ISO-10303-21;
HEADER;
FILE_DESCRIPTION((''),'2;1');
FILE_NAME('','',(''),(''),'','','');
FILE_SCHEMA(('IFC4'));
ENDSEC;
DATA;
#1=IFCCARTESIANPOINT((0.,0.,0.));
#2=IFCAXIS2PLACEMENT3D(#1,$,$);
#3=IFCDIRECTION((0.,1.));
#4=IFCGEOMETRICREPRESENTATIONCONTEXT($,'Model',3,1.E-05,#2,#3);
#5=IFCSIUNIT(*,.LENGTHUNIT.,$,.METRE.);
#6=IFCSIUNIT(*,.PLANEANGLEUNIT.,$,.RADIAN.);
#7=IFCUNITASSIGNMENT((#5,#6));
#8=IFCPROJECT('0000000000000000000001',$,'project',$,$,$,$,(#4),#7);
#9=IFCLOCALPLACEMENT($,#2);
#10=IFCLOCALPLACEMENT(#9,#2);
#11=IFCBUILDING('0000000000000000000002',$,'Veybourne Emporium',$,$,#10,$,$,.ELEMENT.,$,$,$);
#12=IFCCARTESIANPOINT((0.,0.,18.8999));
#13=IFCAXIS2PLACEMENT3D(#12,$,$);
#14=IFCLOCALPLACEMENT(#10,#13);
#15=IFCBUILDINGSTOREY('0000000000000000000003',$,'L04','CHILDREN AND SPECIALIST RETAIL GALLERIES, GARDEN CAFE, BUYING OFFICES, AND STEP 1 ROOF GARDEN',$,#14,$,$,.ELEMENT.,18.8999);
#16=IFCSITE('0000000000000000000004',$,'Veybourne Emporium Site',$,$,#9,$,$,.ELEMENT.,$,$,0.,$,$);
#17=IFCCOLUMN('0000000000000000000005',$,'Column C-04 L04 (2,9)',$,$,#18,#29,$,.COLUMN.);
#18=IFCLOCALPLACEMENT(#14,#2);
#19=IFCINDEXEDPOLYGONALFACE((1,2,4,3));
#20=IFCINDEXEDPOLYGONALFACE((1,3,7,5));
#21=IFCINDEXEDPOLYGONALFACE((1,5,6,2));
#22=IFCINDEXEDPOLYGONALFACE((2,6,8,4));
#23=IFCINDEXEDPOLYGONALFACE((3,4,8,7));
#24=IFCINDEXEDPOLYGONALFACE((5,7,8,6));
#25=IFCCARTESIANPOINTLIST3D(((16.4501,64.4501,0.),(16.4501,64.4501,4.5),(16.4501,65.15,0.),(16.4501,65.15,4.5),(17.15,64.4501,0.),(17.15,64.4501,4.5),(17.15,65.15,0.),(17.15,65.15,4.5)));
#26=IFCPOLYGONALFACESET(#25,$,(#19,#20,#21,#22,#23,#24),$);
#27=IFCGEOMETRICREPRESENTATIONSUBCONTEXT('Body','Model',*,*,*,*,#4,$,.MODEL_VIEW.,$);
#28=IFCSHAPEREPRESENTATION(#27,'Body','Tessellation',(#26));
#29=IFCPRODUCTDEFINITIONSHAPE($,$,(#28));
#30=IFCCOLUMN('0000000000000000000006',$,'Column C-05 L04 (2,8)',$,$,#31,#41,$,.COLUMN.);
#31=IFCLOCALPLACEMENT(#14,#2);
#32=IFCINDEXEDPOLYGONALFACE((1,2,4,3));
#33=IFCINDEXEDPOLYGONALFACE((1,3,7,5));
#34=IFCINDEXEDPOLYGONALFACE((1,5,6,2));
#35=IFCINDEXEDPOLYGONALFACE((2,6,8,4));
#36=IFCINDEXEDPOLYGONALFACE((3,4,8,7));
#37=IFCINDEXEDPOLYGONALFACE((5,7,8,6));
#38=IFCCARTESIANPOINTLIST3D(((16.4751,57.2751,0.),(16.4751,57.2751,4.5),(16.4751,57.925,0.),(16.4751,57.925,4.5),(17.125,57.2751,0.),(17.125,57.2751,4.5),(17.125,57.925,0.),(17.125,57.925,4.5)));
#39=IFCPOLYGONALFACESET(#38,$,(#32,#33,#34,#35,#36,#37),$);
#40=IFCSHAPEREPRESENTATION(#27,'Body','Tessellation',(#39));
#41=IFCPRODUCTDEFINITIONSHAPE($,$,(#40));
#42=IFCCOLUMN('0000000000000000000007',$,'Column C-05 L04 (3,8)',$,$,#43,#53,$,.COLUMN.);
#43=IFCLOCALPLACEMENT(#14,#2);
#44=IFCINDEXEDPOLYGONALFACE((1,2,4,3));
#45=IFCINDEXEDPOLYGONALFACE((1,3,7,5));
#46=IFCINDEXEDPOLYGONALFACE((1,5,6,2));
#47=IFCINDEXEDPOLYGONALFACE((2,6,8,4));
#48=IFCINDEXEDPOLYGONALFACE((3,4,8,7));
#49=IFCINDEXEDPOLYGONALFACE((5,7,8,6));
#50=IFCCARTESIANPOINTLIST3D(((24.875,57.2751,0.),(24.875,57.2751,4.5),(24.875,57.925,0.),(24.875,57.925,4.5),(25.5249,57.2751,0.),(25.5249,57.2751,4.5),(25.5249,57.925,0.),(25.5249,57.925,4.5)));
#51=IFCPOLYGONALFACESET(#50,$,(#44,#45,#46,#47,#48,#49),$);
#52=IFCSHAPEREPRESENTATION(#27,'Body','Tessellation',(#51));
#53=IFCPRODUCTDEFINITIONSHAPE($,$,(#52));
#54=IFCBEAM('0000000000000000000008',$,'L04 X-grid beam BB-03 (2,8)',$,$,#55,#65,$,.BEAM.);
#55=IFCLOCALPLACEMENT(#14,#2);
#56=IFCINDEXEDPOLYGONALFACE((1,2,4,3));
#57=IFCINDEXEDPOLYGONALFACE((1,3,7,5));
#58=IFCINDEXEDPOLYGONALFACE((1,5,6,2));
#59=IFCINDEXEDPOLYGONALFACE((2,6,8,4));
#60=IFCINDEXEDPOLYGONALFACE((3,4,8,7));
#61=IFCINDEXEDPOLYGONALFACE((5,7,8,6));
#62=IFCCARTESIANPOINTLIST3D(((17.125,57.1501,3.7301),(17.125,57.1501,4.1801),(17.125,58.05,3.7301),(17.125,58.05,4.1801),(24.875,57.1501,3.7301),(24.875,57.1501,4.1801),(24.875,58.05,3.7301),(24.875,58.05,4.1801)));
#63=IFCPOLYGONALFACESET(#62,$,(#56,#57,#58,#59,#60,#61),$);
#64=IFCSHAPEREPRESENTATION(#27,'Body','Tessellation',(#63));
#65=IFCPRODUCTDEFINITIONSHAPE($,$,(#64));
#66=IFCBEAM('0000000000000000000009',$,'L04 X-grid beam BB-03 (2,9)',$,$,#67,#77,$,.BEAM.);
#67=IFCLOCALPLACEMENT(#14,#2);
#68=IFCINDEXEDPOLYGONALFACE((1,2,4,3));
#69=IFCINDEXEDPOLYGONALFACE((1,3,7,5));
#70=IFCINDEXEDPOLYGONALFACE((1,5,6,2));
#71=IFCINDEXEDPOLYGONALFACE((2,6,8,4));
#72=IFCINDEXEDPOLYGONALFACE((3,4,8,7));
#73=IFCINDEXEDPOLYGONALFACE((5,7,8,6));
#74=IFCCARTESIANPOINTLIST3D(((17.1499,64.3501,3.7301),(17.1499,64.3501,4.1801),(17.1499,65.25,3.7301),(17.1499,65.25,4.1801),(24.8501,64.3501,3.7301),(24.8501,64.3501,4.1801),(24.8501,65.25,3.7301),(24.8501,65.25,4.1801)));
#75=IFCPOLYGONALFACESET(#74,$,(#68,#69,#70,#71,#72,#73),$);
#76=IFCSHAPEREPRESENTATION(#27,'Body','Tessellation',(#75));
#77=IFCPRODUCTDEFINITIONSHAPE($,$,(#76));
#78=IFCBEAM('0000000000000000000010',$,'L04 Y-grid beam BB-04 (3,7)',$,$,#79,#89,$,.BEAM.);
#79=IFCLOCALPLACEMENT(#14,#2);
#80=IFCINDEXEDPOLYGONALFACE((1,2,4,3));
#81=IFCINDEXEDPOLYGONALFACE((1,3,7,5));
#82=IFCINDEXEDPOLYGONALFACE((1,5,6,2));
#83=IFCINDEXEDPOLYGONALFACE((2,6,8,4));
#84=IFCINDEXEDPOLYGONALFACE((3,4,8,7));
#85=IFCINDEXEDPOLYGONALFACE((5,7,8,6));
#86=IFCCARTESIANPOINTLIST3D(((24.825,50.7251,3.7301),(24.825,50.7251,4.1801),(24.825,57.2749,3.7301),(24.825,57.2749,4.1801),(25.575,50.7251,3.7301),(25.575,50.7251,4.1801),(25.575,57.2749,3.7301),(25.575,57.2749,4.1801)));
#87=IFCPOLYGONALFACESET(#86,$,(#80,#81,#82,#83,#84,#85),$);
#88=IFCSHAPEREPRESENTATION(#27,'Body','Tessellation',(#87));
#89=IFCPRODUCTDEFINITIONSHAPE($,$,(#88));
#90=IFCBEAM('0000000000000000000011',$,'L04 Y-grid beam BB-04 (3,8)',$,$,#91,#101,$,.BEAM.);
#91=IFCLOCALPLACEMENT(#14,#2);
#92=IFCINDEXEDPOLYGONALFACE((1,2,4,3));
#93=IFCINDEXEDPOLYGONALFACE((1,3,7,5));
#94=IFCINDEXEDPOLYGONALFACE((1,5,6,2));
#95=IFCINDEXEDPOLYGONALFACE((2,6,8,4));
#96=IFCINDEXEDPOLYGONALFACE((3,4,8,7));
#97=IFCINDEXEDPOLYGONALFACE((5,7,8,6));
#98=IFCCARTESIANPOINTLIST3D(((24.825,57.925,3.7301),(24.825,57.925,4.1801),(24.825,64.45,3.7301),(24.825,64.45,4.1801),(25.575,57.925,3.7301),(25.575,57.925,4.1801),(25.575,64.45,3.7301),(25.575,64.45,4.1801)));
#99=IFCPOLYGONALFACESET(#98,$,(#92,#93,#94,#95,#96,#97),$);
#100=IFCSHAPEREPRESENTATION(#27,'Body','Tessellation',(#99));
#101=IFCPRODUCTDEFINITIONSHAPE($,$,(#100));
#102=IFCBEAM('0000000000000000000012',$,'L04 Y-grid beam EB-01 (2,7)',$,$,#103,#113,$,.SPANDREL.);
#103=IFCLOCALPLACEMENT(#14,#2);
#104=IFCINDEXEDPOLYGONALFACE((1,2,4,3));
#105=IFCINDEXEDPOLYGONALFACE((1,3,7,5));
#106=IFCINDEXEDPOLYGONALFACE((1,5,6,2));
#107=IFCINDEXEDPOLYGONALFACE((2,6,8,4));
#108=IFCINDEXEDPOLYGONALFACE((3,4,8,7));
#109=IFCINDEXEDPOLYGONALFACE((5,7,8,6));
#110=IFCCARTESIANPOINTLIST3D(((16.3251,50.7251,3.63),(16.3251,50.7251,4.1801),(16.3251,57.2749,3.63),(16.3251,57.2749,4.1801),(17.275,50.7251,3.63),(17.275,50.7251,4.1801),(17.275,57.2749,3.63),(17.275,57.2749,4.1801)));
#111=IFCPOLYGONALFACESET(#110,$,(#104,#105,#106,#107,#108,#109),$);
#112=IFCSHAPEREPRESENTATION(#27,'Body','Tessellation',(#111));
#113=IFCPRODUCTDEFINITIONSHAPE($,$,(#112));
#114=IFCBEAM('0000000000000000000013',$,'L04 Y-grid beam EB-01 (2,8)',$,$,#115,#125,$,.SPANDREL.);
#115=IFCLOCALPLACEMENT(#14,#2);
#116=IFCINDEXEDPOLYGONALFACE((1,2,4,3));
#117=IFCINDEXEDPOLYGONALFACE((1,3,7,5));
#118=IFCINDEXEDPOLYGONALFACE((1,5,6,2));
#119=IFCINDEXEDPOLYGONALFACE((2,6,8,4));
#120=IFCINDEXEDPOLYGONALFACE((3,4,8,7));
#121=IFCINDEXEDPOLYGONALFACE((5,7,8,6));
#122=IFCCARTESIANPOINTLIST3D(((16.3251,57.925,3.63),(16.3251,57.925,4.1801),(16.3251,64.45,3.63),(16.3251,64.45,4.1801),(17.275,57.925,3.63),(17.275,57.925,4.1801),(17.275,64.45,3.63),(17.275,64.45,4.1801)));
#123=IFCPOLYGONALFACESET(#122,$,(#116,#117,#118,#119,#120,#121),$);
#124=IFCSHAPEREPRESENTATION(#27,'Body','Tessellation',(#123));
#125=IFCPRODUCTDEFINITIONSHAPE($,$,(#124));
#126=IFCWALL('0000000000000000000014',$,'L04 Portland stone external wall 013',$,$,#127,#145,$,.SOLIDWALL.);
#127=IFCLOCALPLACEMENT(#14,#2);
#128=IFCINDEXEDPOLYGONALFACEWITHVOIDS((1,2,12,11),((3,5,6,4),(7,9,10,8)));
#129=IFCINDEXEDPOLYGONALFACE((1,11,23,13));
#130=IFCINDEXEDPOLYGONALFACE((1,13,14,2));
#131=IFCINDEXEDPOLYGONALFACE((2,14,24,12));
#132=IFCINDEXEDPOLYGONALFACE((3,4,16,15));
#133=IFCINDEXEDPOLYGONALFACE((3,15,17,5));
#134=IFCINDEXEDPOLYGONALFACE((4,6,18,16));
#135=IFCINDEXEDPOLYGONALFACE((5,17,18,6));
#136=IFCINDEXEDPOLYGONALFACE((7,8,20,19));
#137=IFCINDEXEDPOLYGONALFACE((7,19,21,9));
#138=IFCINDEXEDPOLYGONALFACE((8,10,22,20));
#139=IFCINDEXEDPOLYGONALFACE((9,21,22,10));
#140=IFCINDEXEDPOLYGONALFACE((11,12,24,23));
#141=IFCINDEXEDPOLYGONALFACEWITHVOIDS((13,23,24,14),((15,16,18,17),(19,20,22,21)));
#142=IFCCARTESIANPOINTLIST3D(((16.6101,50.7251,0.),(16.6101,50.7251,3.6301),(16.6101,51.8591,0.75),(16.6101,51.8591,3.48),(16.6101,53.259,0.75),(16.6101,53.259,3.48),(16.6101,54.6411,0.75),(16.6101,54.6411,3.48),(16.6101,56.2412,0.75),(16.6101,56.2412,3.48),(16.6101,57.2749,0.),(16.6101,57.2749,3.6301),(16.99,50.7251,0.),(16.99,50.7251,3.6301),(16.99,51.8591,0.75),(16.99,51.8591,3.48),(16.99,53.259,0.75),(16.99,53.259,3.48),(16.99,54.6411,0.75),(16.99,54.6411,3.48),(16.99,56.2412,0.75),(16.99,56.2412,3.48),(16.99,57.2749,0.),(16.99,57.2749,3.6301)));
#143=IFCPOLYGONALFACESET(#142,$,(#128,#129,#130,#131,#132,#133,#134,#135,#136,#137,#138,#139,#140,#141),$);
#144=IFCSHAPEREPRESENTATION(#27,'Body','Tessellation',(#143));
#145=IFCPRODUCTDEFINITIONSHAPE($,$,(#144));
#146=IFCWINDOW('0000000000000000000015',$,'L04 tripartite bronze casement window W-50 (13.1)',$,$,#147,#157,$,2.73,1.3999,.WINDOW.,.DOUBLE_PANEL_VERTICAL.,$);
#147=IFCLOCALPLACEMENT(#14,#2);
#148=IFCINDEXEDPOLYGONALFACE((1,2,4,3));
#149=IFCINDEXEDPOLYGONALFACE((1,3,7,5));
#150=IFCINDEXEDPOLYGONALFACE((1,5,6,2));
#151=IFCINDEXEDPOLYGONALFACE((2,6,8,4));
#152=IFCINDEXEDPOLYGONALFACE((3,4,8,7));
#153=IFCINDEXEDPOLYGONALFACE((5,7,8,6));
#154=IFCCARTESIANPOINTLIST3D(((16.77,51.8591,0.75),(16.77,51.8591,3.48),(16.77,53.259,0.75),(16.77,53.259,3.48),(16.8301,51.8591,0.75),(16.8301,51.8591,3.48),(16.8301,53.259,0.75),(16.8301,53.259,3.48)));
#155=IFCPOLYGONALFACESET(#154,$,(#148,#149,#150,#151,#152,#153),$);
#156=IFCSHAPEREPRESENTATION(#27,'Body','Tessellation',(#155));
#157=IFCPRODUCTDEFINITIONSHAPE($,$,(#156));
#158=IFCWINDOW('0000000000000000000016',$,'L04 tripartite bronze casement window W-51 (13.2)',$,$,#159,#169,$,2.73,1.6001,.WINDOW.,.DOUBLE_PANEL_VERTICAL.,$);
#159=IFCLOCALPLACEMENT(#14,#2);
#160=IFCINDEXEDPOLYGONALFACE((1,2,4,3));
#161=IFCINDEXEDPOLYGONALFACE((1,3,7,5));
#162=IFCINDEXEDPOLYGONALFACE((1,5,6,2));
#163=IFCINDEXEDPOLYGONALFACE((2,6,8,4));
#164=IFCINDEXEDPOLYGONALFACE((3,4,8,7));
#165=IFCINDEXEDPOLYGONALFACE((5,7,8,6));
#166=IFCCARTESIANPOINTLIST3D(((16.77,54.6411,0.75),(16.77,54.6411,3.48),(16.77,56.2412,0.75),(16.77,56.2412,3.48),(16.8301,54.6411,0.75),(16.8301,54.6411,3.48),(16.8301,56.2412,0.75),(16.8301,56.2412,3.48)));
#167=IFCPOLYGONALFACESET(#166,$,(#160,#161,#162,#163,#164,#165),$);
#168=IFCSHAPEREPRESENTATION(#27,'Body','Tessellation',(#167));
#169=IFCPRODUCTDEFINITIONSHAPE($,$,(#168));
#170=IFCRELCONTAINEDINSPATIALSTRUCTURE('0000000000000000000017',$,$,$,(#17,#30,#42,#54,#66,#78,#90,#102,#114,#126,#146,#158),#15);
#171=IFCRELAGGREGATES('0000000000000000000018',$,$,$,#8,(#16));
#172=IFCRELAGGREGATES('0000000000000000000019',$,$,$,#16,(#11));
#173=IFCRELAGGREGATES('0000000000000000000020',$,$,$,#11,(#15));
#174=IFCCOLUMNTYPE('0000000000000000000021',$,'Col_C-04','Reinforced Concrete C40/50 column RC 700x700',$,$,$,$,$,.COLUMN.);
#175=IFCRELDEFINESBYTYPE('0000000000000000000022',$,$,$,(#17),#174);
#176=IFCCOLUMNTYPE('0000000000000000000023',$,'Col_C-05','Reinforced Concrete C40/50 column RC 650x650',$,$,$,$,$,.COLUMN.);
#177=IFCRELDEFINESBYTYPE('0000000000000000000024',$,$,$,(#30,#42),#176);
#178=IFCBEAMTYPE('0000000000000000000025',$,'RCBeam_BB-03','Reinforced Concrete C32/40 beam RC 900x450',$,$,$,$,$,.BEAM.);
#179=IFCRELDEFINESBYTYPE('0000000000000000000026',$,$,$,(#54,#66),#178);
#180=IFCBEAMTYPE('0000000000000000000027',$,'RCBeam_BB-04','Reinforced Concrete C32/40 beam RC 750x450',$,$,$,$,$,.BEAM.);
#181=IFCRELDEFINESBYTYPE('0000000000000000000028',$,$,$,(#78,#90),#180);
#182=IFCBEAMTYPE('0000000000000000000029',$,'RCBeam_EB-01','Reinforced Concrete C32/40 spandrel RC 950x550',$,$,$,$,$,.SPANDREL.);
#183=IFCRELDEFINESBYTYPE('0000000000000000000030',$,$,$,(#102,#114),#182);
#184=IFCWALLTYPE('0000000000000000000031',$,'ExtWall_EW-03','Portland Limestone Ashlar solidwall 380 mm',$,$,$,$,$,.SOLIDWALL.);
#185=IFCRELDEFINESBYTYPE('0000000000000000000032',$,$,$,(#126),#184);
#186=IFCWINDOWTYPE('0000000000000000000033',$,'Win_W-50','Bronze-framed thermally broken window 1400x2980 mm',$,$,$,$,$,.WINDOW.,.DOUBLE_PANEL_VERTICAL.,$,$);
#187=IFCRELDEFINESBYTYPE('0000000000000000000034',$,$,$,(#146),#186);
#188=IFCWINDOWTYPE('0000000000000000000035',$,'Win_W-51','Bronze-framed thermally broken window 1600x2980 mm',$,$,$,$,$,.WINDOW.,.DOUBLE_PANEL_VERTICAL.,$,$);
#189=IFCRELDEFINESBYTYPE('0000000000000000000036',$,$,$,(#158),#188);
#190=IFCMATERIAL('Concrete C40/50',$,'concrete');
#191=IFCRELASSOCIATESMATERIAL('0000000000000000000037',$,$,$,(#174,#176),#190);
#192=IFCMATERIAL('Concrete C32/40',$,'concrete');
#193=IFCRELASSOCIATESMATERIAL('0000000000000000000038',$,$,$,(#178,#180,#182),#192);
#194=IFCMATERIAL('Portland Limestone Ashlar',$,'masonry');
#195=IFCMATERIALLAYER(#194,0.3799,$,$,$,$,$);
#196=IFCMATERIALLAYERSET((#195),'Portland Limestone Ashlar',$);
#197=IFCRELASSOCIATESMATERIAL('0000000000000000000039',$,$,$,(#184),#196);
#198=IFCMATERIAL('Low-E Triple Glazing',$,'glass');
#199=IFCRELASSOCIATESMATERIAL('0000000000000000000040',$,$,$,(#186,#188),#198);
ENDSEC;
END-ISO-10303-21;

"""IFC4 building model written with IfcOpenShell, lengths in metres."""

from ifc_helpers import new_model, si_unit, direction, frame, frame_2d, origin, origin_2d, place, context, subcontext, project, spatial, rectangle, extrude, material, layer, layer_set, material_profile, profile_set, type_object, element, fill, save


model = new_model("IFC4")

# Units and contexts
model_context = context("Model", 3, precision=1e-05, world=origin(), true_north=direction((0.0, 1.0)))
body_context = subcontext(model_context, "Body", "Model", "MODEL_VIEW")
ifc_project = project(units=[si_unit("LENGTHUNIT", "METRE"), si_unit("PLANEANGLEUNIT", "RADIAN")], contexts=[model_context])

# Site, building, storey
site_placement = place(None, origin())
site = spatial("IfcSite", under=ifc_project, at=site_placement, Name="Veybourne Emporium Site", CompositionType="ELEMENT", RefElevation=0.0)
building_placement = place(site_placement, origin())
building = spatial("IfcBuilding", under=site, at=building_placement, Name="Veybourne Emporium", CompositionType="ELEMENT")
storey_placement = place(building_placement, frame((0.0, 0.0, 18.8999)))
storey = spatial("IfcBuildingStorey", under=building, at=storey_placement, Name="L04", Description="CHILDREN AND SPECIALIST RETAIL GALLERIES, GARDEN CAFE, BUYING OFFICES, AND STEP 1 ROOF GARDEN", CompositionType="ELEMENT", Elevation=18.8999)

# Columns
ifc_material_1 = material(Name="Concrete C40/50", Category="concrete")
ifc_material_profile_1 = material_profile(ifc_material_1, rectangle(XDim=0.7, YDim=0.7, at=origin_2d()), Name="RC 700x700")
ifc_profile_set_1 = profile_set([ifc_material_profile_1], Name="Concrete C40/50")
column_type_1 = type_object("IfcColumnType", Name="Col_C-04", Description="Reinforced Concrete C40/50 column RC 700x700", PredefinedType="COLUMN", material=ifc_profile_set_1)
column_placement = place(storey_placement, frame((16.8, 64.8, 0.0), z_axis=(0.0, 0.0, 1.0), x_axis=(1.0, 0.0, 0.0)))
element("IfcColumn", 1, at=column_placement, inside=storey, type_object=column_type_1, Name="Column C-04 L04 (2,9)", PredefinedType="COLUMN", context=body_context, shape_type="SweptSolid", body=[
    extrude(rectangle(XDim=0.7, YDim=0.7, at=origin_2d()), origin(), (0.0, 0.0, 1.0), 4.5),
])
ifc_material_profile_2 = material_profile(ifc_material_1, rectangle(XDim=0.6499, YDim=0.6499, at=origin_2d()), Name="RC 650x650")
ifc_profile_set_2 = profile_set([ifc_material_profile_2], Name="Concrete C40/50")
column_type_2 = type_object("IfcColumnType", Name="Col_C-05", Description="Reinforced Concrete C40/50 column RC 650x650", PredefinedType="COLUMN", material=ifc_profile_set_2)
for number, where, z_axis, x_axis, name in (
    (2, (16.8, 57.6001, 0.0), (0.0, 0.0, 1.0), (1.0, 0.0, 0.0), "Column C-05 L04 (2,8)"),
    (3, (25.2, 57.6001, 0.0), (0.0, 0.0, 1.0), (1.0, 0.0, 0.0), "Column C-05 L04 (3,8)"),
):
    element("IfcColumn", number, at=place(storey_placement, frame(where, z_axis=z_axis, x_axis=x_axis)), inside=storey, type_object=column_type_2, Name=name, PredefinedType="COLUMN", context=body_context, shape_type="SweptSolid", body=[
        extrude(rectangle(XDim=0.6499, YDim=0.6499, at=origin_2d()), origin(), (0.0, 0.0, 1.0), 4.5),
    ])

# Beams
ifc_material_2 = material(Name="Concrete C32/40", Category="concrete")
ifc_material_profile_3 = material_profile(ifc_material_2, rectangle(XDim=0.8999, YDim=0.45, at=origin_2d()), Name="RC 900x450")
ifc_profile_set_3 = profile_set([ifc_material_profile_3], Name="Concrete C32/40")
beam_type_1 = type_object("IfcBeamType", Name="RCBeam_BB-03", Description="Reinforced Concrete C32/40 beam RC 900x450", PredefinedType="BEAM", material=ifc_profile_set_3)
beam_1_placement = place(storey_placement, frame((17.125, 57.6001, 3.9551), z_axis=(1.0, 0.0, 0.0), x_axis=(0.0, 1.0, 0.0)))
element("IfcBeam", 4, at=beam_1_placement, inside=storey, type_object=beam_type_1, Name="L04 X-grid beam BB-03 (2,8)", PredefinedType="BEAM", context=body_context, shape_type="SweptSolid", body=[
    extrude(rectangle(XDim=0.8999, YDim=0.45, at=origin_2d()), origin(), (0.0, 0.0, 1.0), 7.75),
])
beam_2_placement = place(storey_placement, frame((17.1499, 64.8, 3.9551), z_axis=(1.0, 0.0, 0.0), x_axis=(0.0, 1.0, 0.0)))
element("IfcBeam", 5, at=beam_2_placement, inside=storey, type_object=beam_type_1, Name="L04 X-grid beam BB-03 (2,9)", PredefinedType="BEAM", context=body_context, shape_type="SweptSolid", body=[
    extrude(rectangle(XDim=0.8999, YDim=0.45, at=origin_2d()), origin(), (0.0, 0.0, 1.0), 7.7002),
])
ifc_material_profile_4 = material_profile(ifc_material_2, rectangle(XDim=0.75, YDim=0.45, at=origin_2d()), Name="RC 750x450")
ifc_profile_set_4 = profile_set([ifc_material_profile_4], Name="Concrete C32/40")
beam_type_2 = type_object("IfcBeamType", Name="RCBeam_BB-04", Description="Reinforced Concrete C32/40 beam RC 750x450", PredefinedType="BEAM", material=ifc_profile_set_4)
beam_3_placement = place(storey_placement, frame((25.2, 50.7251, 3.9551), z_axis=(0.0, 1.0, 0.0), x_axis=(-1.0, 0.0, 0.0)))
element("IfcBeam", 6, at=beam_3_placement, inside=storey, type_object=beam_type_2, Name="L04 Y-grid beam BB-04 (3,7)", PredefinedType="BEAM", context=body_context, shape_type="SweptSolid", body=[
    extrude(rectangle(XDim=0.75, YDim=0.45, at=origin_2d()), origin(), (0.0, 0.0, 1.0), 6.5498),
])
beam_4_placement = place(storey_placement, frame((25.2, 57.925, 3.9551), z_axis=(0.0, 1.0, 0.0), x_axis=(-1.0, 0.0, 0.0)))
element("IfcBeam", 7, at=beam_4_placement, inside=storey, type_object=beam_type_2, Name="L04 Y-grid beam BB-04 (3,8)", PredefinedType="BEAM", context=body_context, shape_type="SweptSolid", body=[
    extrude(rectangle(XDim=0.75, YDim=0.45, at=origin_2d()), origin(), (0.0, 0.0, 1.0), 6.5249),
])
ifc_material_profile_5 = material_profile(ifc_material_2, rectangle(XDim=0.95, YDim=0.55, at=origin_2d()), Name="RC 950x550")
ifc_profile_set_5 = profile_set([ifc_material_profile_5], Name="Concrete C32/40")
beam_type_3 = type_object("IfcBeamType", Name="RCBeam_EB-01", Description="Reinforced Concrete C32/40 spandrel RC 950x550", PredefinedType="SPANDREL", material=ifc_profile_set_5)
beam_5_placement = place(storey_placement, frame((16.8, 50.7251, 3.905), z_axis=(0.0, 1.0, 0.0), x_axis=(-1.0, 0.0, 0.0)))
element("IfcBeam", 8, at=beam_5_placement, inside=storey, type_object=beam_type_3, Name="L04 Y-grid beam EB-01 (2,7)", PredefinedType="SPANDREL", context=body_context, shape_type="SweptSolid", body=[
    extrude(rectangle(XDim=0.95, YDim=0.55, at=origin_2d()), origin(), (0.0, 0.0, 1.0), 6.5498),
])
beam_6_placement = place(storey_placement, frame((16.8, 57.925, 3.905), z_axis=(0.0, 1.0, 0.0), x_axis=(-1.0, 0.0, 0.0)))
element("IfcBeam", 9, at=beam_6_placement, inside=storey, type_object=beam_type_3, Name="L04 Y-grid beam EB-01 (2,8)", PredefinedType="SPANDREL", context=body_context, shape_type="SweptSolid", body=[
    extrude(rectangle(XDim=0.95, YDim=0.55, at=origin_2d()), origin(), (0.0, 0.0, 1.0), 6.5249),
])

# Wall, openings, windows
ifc_material_3 = material(Name="Portland Limestone Ashlar", Category="masonry")
ifc_layer_1 = layer(ifc_material_3, 0.3799)
ifc_layer_set_1 = layer_set([ifc_layer_1], Name="Portland Limestone Ashlar")
wall_type_1 = type_object("IfcWallType", Name="ExtWall_EW-03", Description="Portland Limestone Ashlar solidwall 380 mm", PredefinedType="SOLIDWALL", material=ifc_layer_set_1)
wall_1_placement = place(storey_placement, frame((16.8, 50.7251, 0.0), z_axis=(0.0, 0.0, 1.0), x_axis=(0.0, 1.0, 0.0)))
wall_1 = element("IfcWall", 10, at=wall_1_placement, inside=storey, type_object=wall_type_1, Name="L04 Portland stone external wall 013", PredefinedType="SOLIDWALL", context=body_context, shape_type="SweptSolid", body=[
    extrude(rectangle(XDim=6.5498, YDim=0.3799, at=frame_2d((3.2749, 0.0))), origin(), (0.0, 0.0, 1.0), 3.6301),
])
opening_1_placement = place(wall_1_placement, frame((1.134, 0.0, 0.75)))
opening_1 = element("IfcOpeningElement", 11, at=opening_1_placement, cuts=wall_1, PredefinedType="OPENING", context=body_context, shape_type="SweptSolid", body=[
    extrude(rectangle(XDim=1.3999, YDim=2.73, at=frame_2d((0.7, 1.365))), frame((0.0, 0.21, 0.0), z_axis=(0.0, -1.0, 0.0), x_axis=(1.0, 0.0, 0.0)), (0.0, 0.0, 1.0), 0.4199),
])
opening_2_placement = place(wall_1_placement, frame((3.916, 0.0, 0.75)))
opening_2 = element("IfcOpeningElement", 12, at=opening_2_placement, cuts=wall_1, PredefinedType="OPENING", context=body_context, shape_type="SweptSolid", body=[
    extrude(rectangle(XDim=1.6001, YDim=2.73, at=frame_2d((0.8, 1.365))), frame((0.0, 0.21, 0.0), z_axis=(0.0, -1.0, 0.0), x_axis=(1.0, 0.0, 0.0)), (0.0, 0.0, 1.0), 0.4199),
])
ifc_material_4 = material(Name="Low-E Triple Glazing", Category="glass")
window_type_1 = type_object("IfcWindowType", Name="Win_W-50", Description="Bronze-framed thermally broken window 1400x2980 mm", PartitioningType="DOUBLE_PANEL_VERTICAL", PredefinedType="WINDOW", material=ifc_material_4)
window_1_placement = place(opening_1_placement, origin())
window_1 = element("IfcWindow", 13, at=window_1_placement, inside=storey, type_object=window_type_1, Name="L04 tripartite bronze casement window W-50 (13.1)", OverallHeight=2.73, OverallWidth=1.3999, PartitioningType="DOUBLE_PANEL_VERTICAL", PredefinedType="WINDOW", context=body_context, shape_type="SweptSolid", body=[
    extrude(rectangle(XDim=1.3999, YDim=2.73, at=frame_2d((0.7, 1.365))), frame((0.0, 0.03, 0.0), z_axis=(0.0, -1.0, 0.0), x_axis=(1.0, 0.0, 0.0)), (0.0, 0.0, 1.0), 0.0601),
])
fill(opening_1, window_1)
window_type_2 = type_object("IfcWindowType", Name="Win_W-51", Description="Bronze-framed thermally broken window 1600x2980 mm", PartitioningType="DOUBLE_PANEL_VERTICAL", PredefinedType="WINDOW", material=ifc_material_4)
window_2_placement = place(opening_2_placement, origin())
window_2 = element("IfcWindow", 14, at=window_2_placement, inside=storey, type_object=window_type_2, Name="L04 tripartite bronze casement window W-51 (13.2)", OverallHeight=2.73, OverallWidth=1.6001, PartitioningType="DOUBLE_PANEL_VERTICAL", PredefinedType="WINDOW", context=body_context, shape_type="SweptSolid", body=[
    extrude(rectangle(XDim=1.6001, YDim=2.73, at=frame_2d((0.8, 1.365))), frame((0.0, 0.03, 0.0), z_axis=(0.0, -1.0, 0.0), x_axis=(1.0, 0.0, 0.0)), (0.0, 0.0, 1.0), 0.0601),
])
fill(opening_2, window_2)

save(model, "model.ifc")
